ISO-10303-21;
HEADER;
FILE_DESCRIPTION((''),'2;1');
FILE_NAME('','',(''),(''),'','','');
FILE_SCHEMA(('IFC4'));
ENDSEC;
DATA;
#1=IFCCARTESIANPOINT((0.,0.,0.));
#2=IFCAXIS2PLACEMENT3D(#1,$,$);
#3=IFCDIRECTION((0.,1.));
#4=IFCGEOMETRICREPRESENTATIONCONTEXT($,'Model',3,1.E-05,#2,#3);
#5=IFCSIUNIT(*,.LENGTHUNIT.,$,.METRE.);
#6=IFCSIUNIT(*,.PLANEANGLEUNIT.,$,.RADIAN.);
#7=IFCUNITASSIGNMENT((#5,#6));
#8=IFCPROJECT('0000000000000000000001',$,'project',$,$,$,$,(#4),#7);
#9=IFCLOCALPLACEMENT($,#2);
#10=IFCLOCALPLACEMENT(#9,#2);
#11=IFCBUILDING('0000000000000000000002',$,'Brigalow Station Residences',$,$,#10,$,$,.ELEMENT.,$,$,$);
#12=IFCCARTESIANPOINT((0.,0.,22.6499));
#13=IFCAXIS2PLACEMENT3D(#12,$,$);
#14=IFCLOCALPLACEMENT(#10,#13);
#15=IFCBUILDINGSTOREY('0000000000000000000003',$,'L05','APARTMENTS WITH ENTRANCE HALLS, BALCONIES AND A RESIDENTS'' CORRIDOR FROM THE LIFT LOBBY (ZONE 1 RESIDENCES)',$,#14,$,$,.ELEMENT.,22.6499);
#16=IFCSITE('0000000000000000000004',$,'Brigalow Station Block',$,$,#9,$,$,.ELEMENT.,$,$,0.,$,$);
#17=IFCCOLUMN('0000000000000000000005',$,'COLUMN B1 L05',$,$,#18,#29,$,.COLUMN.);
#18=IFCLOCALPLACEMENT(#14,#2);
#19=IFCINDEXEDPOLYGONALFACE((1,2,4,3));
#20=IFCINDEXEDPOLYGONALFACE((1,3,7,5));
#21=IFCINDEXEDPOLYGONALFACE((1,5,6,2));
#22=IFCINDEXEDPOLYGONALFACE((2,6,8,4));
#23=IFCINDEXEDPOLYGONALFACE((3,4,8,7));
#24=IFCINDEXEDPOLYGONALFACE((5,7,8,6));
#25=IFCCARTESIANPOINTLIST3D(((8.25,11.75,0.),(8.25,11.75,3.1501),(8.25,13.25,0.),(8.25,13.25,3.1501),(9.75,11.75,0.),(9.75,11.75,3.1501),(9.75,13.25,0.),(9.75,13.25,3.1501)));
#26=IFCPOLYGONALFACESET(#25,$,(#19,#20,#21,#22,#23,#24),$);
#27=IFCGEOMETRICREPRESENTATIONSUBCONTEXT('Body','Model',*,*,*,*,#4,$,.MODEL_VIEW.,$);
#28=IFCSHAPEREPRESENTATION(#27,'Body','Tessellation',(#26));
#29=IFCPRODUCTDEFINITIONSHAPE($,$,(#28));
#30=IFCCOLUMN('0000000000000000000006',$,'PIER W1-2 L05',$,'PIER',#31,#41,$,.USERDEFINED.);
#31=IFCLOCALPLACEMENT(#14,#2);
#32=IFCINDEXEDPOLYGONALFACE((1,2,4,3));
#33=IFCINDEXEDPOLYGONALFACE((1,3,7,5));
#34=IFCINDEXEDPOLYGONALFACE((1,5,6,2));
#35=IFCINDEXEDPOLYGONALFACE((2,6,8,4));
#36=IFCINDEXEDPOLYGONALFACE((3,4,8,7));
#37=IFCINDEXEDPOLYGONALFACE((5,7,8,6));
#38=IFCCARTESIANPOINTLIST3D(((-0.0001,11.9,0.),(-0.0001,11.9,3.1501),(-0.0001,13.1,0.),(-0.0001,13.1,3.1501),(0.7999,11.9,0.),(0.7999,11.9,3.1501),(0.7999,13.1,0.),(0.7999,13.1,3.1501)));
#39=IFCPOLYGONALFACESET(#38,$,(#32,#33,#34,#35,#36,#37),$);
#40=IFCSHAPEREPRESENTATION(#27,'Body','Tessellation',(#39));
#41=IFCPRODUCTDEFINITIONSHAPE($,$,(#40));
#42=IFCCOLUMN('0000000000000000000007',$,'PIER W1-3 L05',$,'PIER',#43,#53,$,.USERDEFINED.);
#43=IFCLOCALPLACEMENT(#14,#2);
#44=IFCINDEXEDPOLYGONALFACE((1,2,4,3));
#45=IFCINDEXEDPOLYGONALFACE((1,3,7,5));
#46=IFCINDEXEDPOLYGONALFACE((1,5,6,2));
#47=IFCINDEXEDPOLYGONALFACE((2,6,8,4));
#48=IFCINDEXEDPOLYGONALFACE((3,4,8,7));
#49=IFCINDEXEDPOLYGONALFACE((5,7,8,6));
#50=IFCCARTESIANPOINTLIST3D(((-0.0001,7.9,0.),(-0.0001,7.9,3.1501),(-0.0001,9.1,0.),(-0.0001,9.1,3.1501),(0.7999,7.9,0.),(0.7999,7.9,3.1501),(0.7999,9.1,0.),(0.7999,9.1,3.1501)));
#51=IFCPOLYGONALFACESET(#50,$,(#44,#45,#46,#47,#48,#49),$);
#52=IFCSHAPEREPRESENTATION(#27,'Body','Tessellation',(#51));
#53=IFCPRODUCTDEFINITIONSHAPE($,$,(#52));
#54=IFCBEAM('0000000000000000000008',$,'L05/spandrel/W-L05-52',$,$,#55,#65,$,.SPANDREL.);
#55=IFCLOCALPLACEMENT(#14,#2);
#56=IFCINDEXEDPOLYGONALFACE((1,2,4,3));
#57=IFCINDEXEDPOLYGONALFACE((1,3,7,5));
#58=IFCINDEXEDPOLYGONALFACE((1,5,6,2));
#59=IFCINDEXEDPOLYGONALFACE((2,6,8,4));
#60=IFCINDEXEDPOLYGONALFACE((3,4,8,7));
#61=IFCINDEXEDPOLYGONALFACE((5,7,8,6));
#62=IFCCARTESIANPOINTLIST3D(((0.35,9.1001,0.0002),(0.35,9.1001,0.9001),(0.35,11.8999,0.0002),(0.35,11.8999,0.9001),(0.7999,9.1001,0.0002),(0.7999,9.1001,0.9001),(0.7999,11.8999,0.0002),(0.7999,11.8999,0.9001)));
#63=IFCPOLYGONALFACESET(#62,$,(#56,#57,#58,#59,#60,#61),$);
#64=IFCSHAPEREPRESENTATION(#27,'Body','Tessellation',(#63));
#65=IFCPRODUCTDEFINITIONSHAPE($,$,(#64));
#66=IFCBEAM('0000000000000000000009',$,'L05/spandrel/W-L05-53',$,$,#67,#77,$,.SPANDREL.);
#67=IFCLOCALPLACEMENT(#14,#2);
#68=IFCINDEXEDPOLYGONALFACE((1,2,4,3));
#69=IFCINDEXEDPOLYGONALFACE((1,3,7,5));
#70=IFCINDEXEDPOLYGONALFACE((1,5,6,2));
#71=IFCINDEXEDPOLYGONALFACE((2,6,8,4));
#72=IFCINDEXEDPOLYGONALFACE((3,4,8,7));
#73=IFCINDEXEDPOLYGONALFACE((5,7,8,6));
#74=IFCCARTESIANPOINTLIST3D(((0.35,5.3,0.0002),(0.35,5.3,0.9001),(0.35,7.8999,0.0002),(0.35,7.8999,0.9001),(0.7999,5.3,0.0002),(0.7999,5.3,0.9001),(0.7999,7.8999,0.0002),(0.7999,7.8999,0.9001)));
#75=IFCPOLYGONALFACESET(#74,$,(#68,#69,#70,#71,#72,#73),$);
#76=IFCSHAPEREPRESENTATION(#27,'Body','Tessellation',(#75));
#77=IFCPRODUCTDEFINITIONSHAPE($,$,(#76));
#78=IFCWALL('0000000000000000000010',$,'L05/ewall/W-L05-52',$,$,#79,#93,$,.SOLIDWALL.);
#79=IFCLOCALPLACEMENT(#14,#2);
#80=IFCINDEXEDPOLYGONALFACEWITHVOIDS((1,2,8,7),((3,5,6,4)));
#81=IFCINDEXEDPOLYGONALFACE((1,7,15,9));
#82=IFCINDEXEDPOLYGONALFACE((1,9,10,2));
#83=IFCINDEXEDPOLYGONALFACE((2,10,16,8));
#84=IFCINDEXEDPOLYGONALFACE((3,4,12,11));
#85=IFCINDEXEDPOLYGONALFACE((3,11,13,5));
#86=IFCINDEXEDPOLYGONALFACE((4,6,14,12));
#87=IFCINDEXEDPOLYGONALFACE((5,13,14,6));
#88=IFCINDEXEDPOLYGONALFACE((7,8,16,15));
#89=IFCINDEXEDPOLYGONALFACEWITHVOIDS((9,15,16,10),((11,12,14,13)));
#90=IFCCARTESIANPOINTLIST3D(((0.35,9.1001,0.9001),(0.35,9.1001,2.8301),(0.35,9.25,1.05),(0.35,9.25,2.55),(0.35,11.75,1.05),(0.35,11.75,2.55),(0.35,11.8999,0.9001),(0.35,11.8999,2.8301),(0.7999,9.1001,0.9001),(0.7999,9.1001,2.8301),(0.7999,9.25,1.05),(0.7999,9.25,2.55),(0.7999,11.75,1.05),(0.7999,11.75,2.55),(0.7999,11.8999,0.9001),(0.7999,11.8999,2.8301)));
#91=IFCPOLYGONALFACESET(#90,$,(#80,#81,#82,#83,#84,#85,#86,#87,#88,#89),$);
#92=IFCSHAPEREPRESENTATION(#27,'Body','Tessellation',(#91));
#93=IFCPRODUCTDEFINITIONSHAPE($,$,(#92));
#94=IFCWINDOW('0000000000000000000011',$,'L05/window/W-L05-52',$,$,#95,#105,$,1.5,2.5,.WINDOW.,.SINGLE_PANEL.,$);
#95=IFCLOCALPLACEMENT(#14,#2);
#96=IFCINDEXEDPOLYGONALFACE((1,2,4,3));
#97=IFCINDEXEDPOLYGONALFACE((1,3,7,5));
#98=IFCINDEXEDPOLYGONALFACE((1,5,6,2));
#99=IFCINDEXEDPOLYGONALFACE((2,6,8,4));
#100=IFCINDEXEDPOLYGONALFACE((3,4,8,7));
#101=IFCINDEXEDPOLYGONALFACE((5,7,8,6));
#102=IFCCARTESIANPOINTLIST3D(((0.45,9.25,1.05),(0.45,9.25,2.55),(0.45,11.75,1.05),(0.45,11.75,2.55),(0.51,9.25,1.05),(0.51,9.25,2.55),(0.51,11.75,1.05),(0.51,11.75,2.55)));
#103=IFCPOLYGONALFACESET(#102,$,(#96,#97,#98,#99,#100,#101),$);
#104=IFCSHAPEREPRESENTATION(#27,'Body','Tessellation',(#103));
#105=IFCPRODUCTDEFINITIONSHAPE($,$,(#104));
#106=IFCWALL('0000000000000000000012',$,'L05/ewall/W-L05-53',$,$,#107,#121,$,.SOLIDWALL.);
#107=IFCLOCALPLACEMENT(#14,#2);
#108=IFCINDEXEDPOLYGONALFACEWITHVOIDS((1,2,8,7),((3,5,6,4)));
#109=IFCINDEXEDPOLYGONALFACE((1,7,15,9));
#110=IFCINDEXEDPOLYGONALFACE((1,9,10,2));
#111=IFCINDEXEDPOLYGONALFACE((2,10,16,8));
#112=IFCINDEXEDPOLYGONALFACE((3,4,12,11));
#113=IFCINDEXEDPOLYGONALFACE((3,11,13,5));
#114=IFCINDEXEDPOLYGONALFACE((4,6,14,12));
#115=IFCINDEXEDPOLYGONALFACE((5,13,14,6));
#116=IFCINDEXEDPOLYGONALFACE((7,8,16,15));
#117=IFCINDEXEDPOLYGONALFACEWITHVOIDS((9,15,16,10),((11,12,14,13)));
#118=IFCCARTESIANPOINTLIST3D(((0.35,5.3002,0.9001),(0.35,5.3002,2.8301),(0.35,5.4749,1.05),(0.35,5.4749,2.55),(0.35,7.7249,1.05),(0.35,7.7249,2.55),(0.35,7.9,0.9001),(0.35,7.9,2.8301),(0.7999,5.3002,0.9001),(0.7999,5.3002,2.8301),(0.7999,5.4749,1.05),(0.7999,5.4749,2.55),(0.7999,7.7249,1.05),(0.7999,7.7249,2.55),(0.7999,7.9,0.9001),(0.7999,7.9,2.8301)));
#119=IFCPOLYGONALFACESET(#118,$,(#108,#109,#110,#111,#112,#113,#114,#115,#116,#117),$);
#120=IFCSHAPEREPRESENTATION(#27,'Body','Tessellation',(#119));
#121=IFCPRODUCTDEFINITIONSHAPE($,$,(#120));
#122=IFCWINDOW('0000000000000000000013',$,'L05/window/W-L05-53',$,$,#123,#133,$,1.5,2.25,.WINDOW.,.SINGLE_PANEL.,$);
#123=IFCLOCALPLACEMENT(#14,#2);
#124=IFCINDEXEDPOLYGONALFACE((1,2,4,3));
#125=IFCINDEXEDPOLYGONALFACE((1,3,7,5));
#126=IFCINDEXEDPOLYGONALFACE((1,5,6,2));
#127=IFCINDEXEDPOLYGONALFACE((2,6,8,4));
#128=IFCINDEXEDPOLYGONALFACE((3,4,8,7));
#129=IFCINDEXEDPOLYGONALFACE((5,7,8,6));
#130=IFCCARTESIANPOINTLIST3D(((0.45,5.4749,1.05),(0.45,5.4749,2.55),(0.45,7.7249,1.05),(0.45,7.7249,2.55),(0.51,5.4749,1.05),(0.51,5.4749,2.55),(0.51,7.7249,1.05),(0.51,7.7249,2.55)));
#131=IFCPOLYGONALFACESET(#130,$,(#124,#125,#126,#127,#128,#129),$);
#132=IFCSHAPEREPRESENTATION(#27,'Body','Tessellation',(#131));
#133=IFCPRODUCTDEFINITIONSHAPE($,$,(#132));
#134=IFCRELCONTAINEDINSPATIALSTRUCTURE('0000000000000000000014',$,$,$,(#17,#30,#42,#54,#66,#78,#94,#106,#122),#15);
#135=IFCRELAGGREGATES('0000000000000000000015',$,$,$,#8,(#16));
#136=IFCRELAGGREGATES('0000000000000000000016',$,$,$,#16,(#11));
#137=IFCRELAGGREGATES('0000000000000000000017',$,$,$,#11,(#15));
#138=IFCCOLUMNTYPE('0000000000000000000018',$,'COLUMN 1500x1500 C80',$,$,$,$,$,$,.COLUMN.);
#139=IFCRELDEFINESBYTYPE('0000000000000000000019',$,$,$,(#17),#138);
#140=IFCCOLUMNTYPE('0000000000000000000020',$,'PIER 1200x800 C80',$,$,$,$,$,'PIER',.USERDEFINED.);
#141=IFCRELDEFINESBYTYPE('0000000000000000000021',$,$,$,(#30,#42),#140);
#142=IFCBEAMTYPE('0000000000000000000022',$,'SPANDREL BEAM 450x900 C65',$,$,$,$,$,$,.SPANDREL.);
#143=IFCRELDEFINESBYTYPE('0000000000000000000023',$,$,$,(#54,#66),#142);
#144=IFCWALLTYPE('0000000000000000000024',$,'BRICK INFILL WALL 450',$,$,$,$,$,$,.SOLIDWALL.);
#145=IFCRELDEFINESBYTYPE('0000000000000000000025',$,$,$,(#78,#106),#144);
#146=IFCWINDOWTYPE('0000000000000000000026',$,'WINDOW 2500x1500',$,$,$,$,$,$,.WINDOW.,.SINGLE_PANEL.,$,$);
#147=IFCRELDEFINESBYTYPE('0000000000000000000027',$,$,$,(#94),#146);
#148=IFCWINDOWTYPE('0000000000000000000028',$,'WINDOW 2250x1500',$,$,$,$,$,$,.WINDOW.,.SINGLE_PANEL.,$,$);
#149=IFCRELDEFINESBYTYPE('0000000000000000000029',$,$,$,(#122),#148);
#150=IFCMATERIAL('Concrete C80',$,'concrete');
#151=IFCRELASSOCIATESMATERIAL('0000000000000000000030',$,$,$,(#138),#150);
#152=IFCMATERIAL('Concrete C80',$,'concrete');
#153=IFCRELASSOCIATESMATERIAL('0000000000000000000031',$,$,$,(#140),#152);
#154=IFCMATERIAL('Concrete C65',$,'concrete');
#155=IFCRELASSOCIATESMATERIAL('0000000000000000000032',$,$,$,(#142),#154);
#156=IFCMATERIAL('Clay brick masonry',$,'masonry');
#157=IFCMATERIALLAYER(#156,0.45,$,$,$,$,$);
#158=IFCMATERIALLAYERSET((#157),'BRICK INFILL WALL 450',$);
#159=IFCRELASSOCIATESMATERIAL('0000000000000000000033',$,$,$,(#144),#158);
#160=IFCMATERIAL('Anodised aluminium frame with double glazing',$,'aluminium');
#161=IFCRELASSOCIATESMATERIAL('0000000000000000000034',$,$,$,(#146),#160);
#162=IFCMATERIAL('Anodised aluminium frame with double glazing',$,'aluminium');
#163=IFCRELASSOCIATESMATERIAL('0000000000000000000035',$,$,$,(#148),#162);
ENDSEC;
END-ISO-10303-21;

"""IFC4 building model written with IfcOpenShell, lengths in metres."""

from ifc_helpers import new_model, si_unit, direction, frame, frame_2d, origin, origin_2d, place, context, subcontext, project, spatial, rectangle, extrude, material, layer, layer_set, material_profile, profile_set, type_object, element, fill, save


model = new_model("IFC4")

# Units and contexts
model_context = context("Model", 3, precision=1e-05, world=origin(), true_north=direction((0.0, 1.0)))
body_context = subcontext(model_context, "Body", "Model", "MODEL_VIEW")
ifc_project = project(units=[si_unit("LENGTHUNIT", "METRE"), si_unit("PLANEANGLEUNIT", "RADIAN")], contexts=[model_context])

# Site, building, storey
site_placement = place(None, origin())
site = spatial("IfcSite", under=ifc_project, at=site_placement, Name="Brigalow Station Block", CompositionType="ELEMENT", RefElevation=0.0)
building_placement = place(site_placement, origin())
building = spatial("IfcBuilding", under=site, at=building_placement, Name="Brigalow Station Residences", CompositionType="ELEMENT")
storey_placement = place(building_placement, frame((0.0, 0.0, 22.6499)))
storey = spatial("IfcBuildingStorey", under=building, at=storey_placement, Name="L05", Description="APARTMENTS WITH ENTRANCE HALLS, BALCONIES AND A RESIDENTS' CORRIDOR FROM THE LIFT LOBBY (ZONE 1 RESIDENCES)", CompositionType="ELEMENT", Elevation=22.6499)

# Columns
ifc_material_1 = material(Name="Concrete C80", Category="concrete")
ifc_material_profile_1 = material_profile(ifc_material_1, rectangle(XDim=1.5, YDim=1.5, at=origin_2d()), Name="RC1500x1500")
ifc_profile_set_1 = profile_set([ifc_material_profile_1], Name="Concrete C80")
column_type_1 = type_object("IfcColumnType", Name="COLUMN 1500x1500 C80", PredefinedType="COLUMN", material=ifc_profile_set_1)
column_placement = place(storey_placement, frame((9.0, 12.5, 0.0), z_axis=(0.0, 0.0, 1.0), x_axis=(1.0, 0.0, 0.0)))
element("IfcColumn", 1, at=column_placement, inside=storey, type_object=column_type_1, Name="COLUMN B1 L05", PredefinedType="COLUMN", context=body_context, shape_type="SweptSolid", body=[
    extrude(rectangle(XDim=1.5, YDim=1.5, at=origin_2d()), origin(), (0.0, 0.0, 1.0), 3.1501),
])
ifc_material_2 = material(Name="Concrete C80", Category="concrete")
ifc_material_profile_2 = material_profile(ifc_material_2, rectangle(XDim=1.2, YDim=0.8, at=origin_2d()), Name="RC1200x800")
ifc_profile_set_2 = profile_set([ifc_material_profile_2], Name="Concrete C80")
column_type_2 = type_object("IfcColumnType", Name="PIER 1200x800 C80", ElementType="PIER", PredefinedType="USERDEFINED", material=ifc_profile_set_2)
for number, where, z_axis, x_axis, name in (
    (2, (0.3999, 12.5, 0.0), (0.0, 0.0, 1.0), (0.0, -1.0, 0.0), "PIER W1-2 L05"),
    (3, (0.3999, 8.5, 0.0), (0.0, 0.0, 1.0), (0.0, -1.0, 0.0), "PIER W1-3 L05"),
):
    element("IfcColumn", number, at=place(storey_placement, frame(where, z_axis=z_axis, x_axis=x_axis)), inside=storey, type_object=column_type_2, Name=name, ObjectType="PIER", PredefinedType="USERDEFINED", context=body_context, shape_type="SweptSolid", body=[
        extrude(rectangle(XDim=1.2, YDim=0.8, at=origin_2d()), origin(), (0.0, 0.0, 1.0), 3.1501),
    ])

# Beams
ifc_material_3 = material(Name="Concrete C65", Category="concrete")
ifc_material_profile_3 = material_profile(ifc_material_3, rectangle(XDim=0.45, YDim=0.8999, at=origin_2d()), Name="RC450x900")
ifc_profile_set_3 = profile_set([ifc_material_profile_3], Name="Concrete C65")
beam_type = type_object("IfcBeamType", Name="SPANDREL BEAM 450x900 C65", PredefinedType="SPANDREL", material=ifc_profile_set_3)
beam_1_placement = place(storey_placement, frame((0.575, 11.8999, 0.4502), z_axis=(0.0, -1.0, 0.0), x_axis=(1.0, 0.0, 0.0)))
element("IfcBeam", 4, at=beam_1_placement, inside=storey, type_object=beam_type, Name="L05/spandrel/W-L05-52", PredefinedType="SPANDREL", context=body_context, shape_type="SweptSolid", body=[
    extrude(rectangle(XDim=0.45, YDim=0.8999, at=origin_2d()), origin(), (0.0, 0.0, 1.0), 2.7998),
])
beam_2_placement = place(storey_placement, frame((0.575, 7.8999, 0.4502), z_axis=(0.0, -1.0, 0.0), x_axis=(1.0, 0.0, 0.0)))
element("IfcBeam", 5, at=beam_2_placement, inside=storey, type_object=beam_type, Name="L05/spandrel/W-L05-53", PredefinedType="SPANDREL", context=body_context, shape_type="SweptSolid", body=[
    extrude(rectangle(XDim=0.45, YDim=0.8999, at=origin_2d()), origin(), (0.0, 0.0, 1.0), 2.5999),
])

# Walls, openings, windows
ifc_material_4 = material(Name="Clay brick masonry", Category="masonry")
ifc_layer_1 = layer(ifc_material_4, 0.45)
ifc_layer_set_1 = layer_set([ifc_layer_1], Name="BRICK INFILL WALL 450")
wall_type_1 = type_object("IfcWallType", Name="BRICK INFILL WALL 450", PredefinedType="SOLIDWALL", material=ifc_layer_set_1)
wall_1_placement = place(storey_placement, frame((0.575, 11.8999, 0.9001), z_axis=(0.0, 0.0, 1.0), x_axis=(0.0, -1.0, 0.0)))
wall_1 = element("IfcWall", 6, at=wall_1_placement, inside=storey, type_object=wall_type_1, Name="L05/ewall/W-L05-52", PredefinedType="SOLIDWALL", context=body_context, shape_type="SweptSolid", body=[
    extrude(rectangle(XDim=2.7998, YDim=0.45, at=frame_2d((1.3999, 0.0))), origin(), (0.0, 0.0, 1.0), 1.9299),
])
opening_1_placement = place(wall_1_placement, frame((0.1499, 0.0, 0.1499)))
opening_1 = element("IfcOpeningElement", 7, at=opening_1_placement, cuts=wall_1, PredefinedType="OPENING", context=body_context, shape_type="SweptSolid", body=[
    extrude(rectangle(XDim=2.5, YDim=1.5, at=frame_2d((1.25, 0.75))), frame((0.0, 0.2349, 0.0), z_axis=(0.0, -1.0, 0.0), x_axis=(1.0, 0.0, 0.0)), (0.0, 0.0, 1.0), 0.47),
])
ifc_material_5 = material(Name="Anodised aluminium frame with double glazing", Category="aluminium")
window_type_1 = type_object("IfcWindowType", Name="WINDOW 2500x1500", PartitioningType="SINGLE_PANEL", PredefinedType="WINDOW", material=ifc_material_5)
window_1_placement = place(opening_1_placement, origin())
window_1 = element("IfcWindow", 8, at=window_1_placement, inside=storey, type_object=window_type_1, Name="L05/window/W-L05-52", OverallHeight=1.5, OverallWidth=2.5, PartitioningType="SINGLE_PANEL", PredefinedType="WINDOW", context=body_context, shape_type="SweptSolid", body=[
    extrude(rectangle(XDim=2.5, YDim=1.5, at=frame_2d((1.25, 0.75))), frame((0.0, -0.0649, 0.0), z_axis=(0.0, -1.0, 0.0), x_axis=(1.0, 0.0, 0.0)), (0.0, 0.0, 1.0), 0.0601),
])
fill(opening_1, window_1)
wall_2_placement = place(storey_placement, frame((0.575, 7.8999, 0.9001), z_axis=(0.0, 0.0, 1.0), x_axis=(0.0, -1.0, 0.0)))
wall_2 = element("IfcWall", 9, at=wall_2_placement, inside=storey, type_object=wall_type_1, Name="L05/ewall/W-L05-53", PredefinedType="SOLIDWALL", context=body_context, shape_type="SweptSolid", body=[
    extrude(rectangle(XDim=2.5999, YDim=0.45, at=frame_2d((1.2998, 0.0))), origin(), (0.0, 0.0, 1.0), 1.9299),
])
opening_2_placement = place(wall_2_placement, frame((0.175, 0.0, 0.1499)))
opening_2 = element("IfcOpeningElement", 10, at=opening_2_placement, cuts=wall_2, PredefinedType="OPENING", context=body_context, shape_type="SweptSolid", body=[
    extrude(rectangle(XDim=2.25, YDim=1.5, at=frame_2d((1.125, 0.75))), frame((0.0, 0.2349, 0.0), z_axis=(0.0, -1.0, 0.0), x_axis=(1.0, 0.0, 0.0)), (0.0, 0.0, 1.0), 0.47),
])
ifc_material_6 = material(Name="Anodised aluminium frame with double glazing", Category="aluminium")
window_type_2 = type_object("IfcWindowType", Name="WINDOW 2250x1500", PartitioningType="SINGLE_PANEL", PredefinedType="WINDOW", material=ifc_material_6)
window_2_placement = place(opening_2_placement, origin())
window_2 = element("IfcWindow", 11, at=window_2_placement, inside=storey, type_object=window_type_2, Name="L05/window/W-L05-53", OverallHeight=1.5, OverallWidth=2.25, PartitioningType="SINGLE_PANEL", PredefinedType="WINDOW", context=body_context, shape_type="SweptSolid", body=[
    extrude(rectangle(XDim=2.25, YDim=1.5, at=frame_2d((1.125, 0.75))), frame((0.0, -0.0649, 0.0), z_axis=(0.0, -1.0, 0.0), x_axis=(1.0, 0.0, 0.0)), (0.0, 0.0, 1.0), 0.0601),
])
fill(opening_2, window_2)

save(model, "model.ifc")
